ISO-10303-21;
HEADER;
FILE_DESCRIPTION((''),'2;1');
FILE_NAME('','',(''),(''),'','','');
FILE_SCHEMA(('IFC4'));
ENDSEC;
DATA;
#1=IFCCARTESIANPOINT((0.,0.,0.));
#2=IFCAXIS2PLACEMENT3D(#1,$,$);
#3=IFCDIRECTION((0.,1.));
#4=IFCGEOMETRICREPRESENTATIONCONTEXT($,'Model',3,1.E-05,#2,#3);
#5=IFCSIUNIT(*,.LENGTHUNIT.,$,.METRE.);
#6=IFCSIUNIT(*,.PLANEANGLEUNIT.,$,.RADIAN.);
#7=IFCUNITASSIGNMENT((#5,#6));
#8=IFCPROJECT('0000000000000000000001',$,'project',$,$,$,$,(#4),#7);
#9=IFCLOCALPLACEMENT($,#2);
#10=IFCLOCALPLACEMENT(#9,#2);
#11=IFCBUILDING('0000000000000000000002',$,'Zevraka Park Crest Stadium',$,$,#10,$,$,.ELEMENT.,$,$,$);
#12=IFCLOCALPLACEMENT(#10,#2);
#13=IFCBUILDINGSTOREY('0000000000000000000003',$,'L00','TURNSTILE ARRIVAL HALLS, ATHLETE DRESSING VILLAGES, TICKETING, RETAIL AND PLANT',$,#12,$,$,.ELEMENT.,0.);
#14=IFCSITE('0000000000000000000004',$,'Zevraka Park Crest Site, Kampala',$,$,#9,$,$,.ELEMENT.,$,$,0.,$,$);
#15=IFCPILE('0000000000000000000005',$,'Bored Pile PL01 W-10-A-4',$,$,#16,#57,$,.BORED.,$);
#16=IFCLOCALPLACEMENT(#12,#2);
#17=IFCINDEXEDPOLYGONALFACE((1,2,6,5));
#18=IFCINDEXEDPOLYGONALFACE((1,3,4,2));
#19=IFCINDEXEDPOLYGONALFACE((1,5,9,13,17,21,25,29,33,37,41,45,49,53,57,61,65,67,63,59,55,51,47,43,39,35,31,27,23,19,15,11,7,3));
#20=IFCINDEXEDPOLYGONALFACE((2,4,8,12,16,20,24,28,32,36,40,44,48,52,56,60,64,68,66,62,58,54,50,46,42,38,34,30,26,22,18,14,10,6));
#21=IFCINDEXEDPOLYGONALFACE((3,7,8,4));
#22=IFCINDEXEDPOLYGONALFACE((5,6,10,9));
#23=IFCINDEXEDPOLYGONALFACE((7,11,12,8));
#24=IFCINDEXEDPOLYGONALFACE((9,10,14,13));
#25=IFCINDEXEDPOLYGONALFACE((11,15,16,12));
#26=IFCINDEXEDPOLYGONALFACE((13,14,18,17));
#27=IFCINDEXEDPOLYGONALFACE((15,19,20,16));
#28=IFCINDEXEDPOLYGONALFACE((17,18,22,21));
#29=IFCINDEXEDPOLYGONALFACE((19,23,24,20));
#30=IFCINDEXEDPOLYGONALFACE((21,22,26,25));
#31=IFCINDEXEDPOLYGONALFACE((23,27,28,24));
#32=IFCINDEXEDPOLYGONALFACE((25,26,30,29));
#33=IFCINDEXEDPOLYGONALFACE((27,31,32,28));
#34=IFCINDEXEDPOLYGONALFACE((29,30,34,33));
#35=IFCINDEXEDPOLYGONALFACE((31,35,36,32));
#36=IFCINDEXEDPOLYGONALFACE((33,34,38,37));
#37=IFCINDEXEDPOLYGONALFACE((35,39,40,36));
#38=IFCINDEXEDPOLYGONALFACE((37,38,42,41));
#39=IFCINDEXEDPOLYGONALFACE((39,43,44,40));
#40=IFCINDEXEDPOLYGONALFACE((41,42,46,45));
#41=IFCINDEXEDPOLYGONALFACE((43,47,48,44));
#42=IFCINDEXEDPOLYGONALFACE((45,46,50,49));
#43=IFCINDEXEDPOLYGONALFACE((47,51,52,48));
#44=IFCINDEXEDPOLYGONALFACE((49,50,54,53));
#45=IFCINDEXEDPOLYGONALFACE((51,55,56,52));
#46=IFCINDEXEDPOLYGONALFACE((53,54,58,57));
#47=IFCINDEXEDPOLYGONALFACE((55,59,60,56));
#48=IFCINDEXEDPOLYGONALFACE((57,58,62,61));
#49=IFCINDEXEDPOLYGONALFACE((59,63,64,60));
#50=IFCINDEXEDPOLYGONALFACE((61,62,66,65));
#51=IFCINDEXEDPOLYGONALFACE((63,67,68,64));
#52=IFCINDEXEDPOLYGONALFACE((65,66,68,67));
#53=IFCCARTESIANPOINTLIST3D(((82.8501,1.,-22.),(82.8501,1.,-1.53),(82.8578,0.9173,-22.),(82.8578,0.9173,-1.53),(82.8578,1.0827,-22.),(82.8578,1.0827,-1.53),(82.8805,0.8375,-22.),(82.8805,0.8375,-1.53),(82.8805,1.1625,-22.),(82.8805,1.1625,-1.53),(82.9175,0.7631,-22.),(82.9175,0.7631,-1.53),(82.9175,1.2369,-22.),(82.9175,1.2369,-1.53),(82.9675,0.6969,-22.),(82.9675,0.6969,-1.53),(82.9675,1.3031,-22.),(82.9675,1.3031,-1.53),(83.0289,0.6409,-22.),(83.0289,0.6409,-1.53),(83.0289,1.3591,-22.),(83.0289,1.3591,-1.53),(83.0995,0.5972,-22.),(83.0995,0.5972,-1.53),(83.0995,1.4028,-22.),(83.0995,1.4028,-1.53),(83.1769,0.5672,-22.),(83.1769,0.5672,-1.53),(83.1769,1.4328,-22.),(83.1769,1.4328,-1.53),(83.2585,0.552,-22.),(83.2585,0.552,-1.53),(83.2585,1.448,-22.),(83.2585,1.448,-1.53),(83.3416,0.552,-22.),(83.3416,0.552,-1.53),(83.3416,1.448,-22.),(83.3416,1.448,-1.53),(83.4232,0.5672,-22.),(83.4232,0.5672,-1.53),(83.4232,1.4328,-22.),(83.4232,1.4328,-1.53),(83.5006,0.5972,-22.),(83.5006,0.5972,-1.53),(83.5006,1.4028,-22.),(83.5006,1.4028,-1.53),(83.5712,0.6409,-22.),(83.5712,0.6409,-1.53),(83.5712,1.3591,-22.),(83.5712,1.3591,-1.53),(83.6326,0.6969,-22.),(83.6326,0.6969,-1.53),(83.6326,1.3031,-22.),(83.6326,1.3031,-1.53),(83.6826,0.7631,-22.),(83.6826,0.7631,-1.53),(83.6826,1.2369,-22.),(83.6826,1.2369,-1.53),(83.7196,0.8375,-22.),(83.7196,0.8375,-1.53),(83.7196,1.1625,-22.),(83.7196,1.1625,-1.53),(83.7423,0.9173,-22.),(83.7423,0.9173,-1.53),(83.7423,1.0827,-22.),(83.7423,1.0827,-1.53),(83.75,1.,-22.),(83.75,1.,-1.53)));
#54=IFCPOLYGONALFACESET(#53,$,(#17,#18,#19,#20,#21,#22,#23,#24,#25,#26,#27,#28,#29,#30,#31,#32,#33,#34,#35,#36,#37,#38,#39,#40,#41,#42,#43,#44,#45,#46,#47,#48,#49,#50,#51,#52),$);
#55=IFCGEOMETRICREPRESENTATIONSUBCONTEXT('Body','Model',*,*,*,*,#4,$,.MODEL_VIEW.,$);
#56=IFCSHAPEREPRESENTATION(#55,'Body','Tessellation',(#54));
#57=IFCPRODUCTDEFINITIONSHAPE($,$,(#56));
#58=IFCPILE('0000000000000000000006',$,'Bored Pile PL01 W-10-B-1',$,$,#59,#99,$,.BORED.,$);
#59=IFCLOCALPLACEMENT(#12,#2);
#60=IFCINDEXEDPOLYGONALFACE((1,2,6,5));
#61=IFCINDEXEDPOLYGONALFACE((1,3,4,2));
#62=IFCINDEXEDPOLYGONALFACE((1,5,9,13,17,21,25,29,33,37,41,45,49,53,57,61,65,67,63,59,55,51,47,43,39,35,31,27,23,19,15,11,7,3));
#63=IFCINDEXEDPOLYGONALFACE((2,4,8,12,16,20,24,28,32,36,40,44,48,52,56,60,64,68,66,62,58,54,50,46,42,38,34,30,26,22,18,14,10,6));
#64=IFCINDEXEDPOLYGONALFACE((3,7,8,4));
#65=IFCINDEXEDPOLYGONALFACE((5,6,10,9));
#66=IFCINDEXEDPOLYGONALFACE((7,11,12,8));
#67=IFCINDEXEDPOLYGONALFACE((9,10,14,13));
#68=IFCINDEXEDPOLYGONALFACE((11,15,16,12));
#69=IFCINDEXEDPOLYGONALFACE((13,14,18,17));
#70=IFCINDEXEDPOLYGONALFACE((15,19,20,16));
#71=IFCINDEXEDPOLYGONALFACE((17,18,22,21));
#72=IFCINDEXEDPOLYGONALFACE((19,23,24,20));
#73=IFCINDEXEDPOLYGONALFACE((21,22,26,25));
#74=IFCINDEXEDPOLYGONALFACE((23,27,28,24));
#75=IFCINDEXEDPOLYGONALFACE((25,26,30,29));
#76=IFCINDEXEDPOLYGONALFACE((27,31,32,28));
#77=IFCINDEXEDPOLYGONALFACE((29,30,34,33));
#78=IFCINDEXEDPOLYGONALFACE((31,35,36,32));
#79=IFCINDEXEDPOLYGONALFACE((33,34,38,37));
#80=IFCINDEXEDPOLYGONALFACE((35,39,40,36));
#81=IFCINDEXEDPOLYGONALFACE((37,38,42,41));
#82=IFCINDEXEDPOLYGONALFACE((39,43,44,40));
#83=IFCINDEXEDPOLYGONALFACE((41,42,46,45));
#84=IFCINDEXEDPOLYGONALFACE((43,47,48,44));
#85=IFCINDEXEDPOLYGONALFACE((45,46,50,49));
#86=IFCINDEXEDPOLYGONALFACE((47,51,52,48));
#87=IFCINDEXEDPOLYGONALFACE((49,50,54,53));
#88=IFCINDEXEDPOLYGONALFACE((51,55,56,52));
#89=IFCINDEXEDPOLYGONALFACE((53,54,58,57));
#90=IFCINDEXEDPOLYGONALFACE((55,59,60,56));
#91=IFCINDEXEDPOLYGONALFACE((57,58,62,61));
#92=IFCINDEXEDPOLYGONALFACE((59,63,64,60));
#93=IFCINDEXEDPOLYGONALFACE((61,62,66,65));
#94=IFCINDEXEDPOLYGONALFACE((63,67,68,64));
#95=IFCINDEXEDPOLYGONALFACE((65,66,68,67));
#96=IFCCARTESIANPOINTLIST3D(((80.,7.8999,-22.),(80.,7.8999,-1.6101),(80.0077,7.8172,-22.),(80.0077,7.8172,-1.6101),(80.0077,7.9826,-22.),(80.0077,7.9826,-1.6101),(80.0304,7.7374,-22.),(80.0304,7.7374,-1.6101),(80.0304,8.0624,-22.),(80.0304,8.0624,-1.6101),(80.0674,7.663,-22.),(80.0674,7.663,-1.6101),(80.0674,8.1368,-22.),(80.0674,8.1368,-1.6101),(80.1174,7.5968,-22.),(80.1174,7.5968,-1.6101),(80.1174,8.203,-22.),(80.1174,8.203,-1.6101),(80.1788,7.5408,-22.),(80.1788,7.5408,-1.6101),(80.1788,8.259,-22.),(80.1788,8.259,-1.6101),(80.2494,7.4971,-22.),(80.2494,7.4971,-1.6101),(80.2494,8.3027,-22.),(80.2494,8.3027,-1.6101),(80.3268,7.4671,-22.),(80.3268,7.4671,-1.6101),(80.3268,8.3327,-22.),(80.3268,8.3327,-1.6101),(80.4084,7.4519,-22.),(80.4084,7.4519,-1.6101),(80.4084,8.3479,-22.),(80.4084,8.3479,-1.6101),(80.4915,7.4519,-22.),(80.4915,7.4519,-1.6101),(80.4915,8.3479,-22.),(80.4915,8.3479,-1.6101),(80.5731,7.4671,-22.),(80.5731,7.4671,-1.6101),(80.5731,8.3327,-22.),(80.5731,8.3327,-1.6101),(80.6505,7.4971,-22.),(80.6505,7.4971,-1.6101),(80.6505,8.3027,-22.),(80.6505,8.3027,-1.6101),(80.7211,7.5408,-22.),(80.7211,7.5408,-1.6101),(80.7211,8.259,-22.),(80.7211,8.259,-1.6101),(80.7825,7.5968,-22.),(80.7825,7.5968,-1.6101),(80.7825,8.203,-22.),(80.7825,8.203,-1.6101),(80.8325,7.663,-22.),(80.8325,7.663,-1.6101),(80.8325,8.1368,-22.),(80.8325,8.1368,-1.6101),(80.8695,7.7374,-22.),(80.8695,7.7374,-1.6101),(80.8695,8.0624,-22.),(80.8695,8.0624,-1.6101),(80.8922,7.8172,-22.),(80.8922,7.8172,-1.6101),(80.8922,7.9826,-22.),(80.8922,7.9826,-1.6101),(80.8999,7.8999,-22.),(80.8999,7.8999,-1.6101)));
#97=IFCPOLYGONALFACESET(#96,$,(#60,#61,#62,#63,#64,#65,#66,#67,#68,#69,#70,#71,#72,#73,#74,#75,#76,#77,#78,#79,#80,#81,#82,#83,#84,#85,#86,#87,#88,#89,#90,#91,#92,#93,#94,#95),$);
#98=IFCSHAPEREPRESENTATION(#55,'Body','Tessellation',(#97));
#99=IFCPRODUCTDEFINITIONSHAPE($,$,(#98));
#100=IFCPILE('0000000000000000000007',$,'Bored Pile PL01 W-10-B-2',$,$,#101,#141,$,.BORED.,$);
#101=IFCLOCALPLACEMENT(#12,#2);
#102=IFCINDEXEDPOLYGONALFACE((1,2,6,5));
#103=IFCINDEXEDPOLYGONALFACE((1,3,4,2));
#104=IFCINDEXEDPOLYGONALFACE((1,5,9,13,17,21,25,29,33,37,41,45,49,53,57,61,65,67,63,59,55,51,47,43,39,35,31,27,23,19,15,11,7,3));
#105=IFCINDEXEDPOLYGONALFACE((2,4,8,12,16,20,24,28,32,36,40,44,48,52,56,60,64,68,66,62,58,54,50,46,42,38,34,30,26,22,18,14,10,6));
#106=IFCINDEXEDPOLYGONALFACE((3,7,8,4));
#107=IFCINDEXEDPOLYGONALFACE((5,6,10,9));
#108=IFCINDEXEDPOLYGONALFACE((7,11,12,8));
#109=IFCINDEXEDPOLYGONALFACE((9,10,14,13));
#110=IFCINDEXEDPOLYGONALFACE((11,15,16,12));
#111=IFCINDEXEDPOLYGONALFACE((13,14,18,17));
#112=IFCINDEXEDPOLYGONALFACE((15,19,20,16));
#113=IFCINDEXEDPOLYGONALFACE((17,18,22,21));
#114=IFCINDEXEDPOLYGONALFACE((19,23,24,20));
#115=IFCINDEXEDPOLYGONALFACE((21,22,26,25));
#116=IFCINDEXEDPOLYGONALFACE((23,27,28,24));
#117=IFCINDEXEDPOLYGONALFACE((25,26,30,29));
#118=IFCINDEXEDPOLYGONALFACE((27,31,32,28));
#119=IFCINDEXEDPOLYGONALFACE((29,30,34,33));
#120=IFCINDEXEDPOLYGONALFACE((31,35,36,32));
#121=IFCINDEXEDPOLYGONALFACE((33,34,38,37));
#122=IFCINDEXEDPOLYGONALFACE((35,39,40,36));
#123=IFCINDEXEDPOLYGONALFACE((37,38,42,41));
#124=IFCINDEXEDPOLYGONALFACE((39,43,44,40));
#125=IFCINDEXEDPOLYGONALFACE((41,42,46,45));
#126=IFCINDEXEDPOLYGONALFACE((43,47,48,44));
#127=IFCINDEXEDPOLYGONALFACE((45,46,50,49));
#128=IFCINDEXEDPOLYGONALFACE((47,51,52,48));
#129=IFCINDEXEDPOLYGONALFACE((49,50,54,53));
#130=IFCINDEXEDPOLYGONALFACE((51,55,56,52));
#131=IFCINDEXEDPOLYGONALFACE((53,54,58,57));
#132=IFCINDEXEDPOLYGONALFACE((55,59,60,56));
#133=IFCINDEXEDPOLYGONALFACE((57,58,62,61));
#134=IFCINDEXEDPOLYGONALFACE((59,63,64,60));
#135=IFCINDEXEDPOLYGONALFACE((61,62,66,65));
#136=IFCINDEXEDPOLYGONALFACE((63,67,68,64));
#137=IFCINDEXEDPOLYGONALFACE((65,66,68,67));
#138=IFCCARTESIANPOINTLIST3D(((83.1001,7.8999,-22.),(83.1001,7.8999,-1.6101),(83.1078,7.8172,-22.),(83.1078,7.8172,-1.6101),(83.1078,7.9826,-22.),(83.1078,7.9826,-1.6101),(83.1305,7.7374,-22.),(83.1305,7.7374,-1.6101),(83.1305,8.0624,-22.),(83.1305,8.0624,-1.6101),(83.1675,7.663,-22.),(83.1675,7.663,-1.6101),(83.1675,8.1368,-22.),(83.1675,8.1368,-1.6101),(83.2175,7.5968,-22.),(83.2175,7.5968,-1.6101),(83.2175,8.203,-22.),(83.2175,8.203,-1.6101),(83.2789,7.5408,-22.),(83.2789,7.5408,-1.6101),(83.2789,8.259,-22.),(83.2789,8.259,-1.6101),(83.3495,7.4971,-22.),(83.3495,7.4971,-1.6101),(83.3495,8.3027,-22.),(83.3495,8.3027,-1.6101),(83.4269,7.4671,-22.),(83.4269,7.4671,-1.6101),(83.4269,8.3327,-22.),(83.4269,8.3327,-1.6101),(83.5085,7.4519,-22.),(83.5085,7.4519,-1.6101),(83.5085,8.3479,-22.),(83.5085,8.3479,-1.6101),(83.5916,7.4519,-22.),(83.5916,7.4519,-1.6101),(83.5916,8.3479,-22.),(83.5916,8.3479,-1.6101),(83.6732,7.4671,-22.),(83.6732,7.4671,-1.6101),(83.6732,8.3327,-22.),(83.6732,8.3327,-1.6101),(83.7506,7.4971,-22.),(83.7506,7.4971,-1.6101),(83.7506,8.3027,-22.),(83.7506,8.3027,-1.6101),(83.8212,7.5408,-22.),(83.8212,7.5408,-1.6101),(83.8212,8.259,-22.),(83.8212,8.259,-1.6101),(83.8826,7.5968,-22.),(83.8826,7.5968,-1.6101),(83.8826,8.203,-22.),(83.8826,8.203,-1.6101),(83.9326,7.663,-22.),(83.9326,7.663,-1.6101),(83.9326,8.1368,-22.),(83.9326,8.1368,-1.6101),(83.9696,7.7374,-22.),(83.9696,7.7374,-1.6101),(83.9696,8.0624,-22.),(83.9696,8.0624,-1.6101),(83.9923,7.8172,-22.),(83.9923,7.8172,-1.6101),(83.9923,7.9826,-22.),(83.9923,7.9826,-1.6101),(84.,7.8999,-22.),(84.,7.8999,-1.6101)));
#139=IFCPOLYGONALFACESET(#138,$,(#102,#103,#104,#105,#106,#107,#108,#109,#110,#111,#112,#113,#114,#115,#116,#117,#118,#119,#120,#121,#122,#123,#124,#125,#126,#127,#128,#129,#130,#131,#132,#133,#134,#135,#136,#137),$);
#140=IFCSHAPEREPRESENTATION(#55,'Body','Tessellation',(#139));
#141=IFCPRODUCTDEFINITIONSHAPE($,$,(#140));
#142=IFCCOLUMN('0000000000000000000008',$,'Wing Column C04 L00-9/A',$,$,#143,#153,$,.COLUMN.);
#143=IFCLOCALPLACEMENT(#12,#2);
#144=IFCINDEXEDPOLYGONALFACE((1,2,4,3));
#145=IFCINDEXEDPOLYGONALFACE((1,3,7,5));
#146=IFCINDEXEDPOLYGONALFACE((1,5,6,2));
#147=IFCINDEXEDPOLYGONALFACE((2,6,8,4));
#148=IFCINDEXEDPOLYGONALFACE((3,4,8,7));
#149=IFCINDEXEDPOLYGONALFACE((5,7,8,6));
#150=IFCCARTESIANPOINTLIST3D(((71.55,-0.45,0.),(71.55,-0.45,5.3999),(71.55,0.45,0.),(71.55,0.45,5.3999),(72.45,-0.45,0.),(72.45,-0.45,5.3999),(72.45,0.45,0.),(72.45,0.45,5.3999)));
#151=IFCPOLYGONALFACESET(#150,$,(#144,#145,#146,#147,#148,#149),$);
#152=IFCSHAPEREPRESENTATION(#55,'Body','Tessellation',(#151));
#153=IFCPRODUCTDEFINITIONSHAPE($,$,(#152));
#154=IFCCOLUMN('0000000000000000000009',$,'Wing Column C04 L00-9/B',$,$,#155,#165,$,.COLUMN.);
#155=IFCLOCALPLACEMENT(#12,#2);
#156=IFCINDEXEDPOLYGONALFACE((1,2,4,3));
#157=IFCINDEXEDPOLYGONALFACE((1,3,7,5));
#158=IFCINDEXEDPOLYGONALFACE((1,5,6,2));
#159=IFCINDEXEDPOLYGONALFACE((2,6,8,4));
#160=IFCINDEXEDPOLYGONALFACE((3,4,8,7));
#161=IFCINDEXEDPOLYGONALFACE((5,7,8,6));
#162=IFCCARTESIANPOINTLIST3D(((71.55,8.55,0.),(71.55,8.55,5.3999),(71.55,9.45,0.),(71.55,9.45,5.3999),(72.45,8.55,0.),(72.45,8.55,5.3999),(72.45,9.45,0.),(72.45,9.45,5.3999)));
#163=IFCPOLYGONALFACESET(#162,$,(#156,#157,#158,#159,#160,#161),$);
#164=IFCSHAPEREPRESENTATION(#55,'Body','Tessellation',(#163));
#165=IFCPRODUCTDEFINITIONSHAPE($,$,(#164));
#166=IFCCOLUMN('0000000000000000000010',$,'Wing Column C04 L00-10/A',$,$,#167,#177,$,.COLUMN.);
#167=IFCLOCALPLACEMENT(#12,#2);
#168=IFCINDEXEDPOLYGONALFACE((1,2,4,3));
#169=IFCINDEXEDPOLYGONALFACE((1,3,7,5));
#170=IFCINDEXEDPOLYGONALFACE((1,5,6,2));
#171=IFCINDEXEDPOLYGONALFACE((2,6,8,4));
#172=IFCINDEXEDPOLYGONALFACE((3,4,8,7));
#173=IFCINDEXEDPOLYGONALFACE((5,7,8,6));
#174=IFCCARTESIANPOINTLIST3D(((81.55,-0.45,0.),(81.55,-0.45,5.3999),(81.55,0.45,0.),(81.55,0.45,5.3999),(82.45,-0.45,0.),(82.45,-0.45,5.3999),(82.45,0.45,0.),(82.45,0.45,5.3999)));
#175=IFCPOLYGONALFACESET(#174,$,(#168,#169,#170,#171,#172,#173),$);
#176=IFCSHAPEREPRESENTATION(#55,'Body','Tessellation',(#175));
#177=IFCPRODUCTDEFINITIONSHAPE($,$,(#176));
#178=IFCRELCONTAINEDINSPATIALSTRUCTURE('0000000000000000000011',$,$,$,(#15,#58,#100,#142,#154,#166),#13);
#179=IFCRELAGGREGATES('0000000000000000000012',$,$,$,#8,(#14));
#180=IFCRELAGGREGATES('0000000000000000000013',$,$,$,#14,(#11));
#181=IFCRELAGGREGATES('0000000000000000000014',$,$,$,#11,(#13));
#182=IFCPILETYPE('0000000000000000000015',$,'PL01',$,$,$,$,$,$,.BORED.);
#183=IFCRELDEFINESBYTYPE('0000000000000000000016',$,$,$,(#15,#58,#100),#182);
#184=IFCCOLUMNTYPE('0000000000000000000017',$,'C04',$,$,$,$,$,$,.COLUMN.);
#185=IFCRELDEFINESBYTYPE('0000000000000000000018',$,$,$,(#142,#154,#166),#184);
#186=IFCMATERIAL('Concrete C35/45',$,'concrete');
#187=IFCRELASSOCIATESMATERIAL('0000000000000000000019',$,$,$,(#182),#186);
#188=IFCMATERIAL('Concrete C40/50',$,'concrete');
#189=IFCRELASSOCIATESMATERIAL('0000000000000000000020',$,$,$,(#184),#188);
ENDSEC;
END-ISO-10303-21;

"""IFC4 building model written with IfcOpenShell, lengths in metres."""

from ifc_helpers import new_model, si_unit, direction, frame, origin, origin_2d, place, context, subcontext, project, spatial, rectangle, circle, extrude, material, material_profile, profile_set, type_object, element, save


model = new_model("IFC4")

# Units and contexts
model_context = context("Model", 3, precision=1e-05, world=origin(), true_north=direction((0.0, 1.0)))
body_context = subcontext(model_context, "Body", "Model", "MODEL_VIEW")
ifc_project = project(units=[si_unit("LENGTHUNIT", "METRE"), si_unit("PLANEANGLEUNIT", "RADIAN")], contexts=[model_context])

# Site, building, storey
site_placement = place(None, origin())
site = spatial("IfcSite", under=ifc_project, at=site_placement, Name="Zevraka Park Crest Site, Kampala", CompositionType="ELEMENT", RefElevation=0.0)
building_placement = place(site_placement, origin())
building = spatial("IfcBuilding", under=site, at=building_placement, Name="Zevraka Park Crest Stadium", CompositionType="ELEMENT")
storey_placement = place(building_placement, origin())
storey = spatial("IfcBuildingStorey", under=building, at=storey_placement, Name="L00", Description="TURNSTILE ARRIVAL HALLS, ATHLETE DRESSING VILLAGES, TICKETING, RETAIL AND PLANT", CompositionType="ELEMENT", Elevation=0.0)

# Piles
ifc_material_1 = material(Name="Concrete C35/45", Category="concrete")
ifc_material_profile_1 = material_profile(ifc_material_1, circle(Radius=0.45, at=origin_2d()), Name="PILE D900")
ifc_profile_set_1 = profile_set([ifc_material_profile_1], Name="Concrete C35/45")
pile_type = type_object("IfcPileType", Name="PL01", PredefinedType="BORED", material=ifc_profile_set_1)
for number, where, z_axis, x_axis, name in (
    (1, (83.3, 1.0, -1.53), (0.0, 0.0, -1.0), (1.0, 0.0, 0.0), "Bored Pile PL01 W-10-A-4"),
):
    element("IfcPile", number, at=place(storey_placement, frame(where, z_axis=z_axis, x_axis=x_axis)), inside=storey, type_object=pile_type, Name=name, PredefinedType="BORED", context=body_context, shape_type="SweptSolid", body=[
        extrude(circle(Radius=0.45, at=origin_2d()), origin(), (0.0, 0.0, 1.0), 20.47),
    ])
for number, where, z_axis, x_axis, name in (
    (2, (80.45, 7.8999, -1.6101), (0.0, 0.0, -1.0), (1.0, 0.0, 0.0), "Bored Pile PL01 W-10-B-1"),
    (3, (83.55, 7.8999, -1.6101), (0.0, 0.0, -1.0), (1.0, 0.0, 0.0), "Bored Pile PL01 W-10-B-2"),
):
    element("IfcPile", number, at=place(storey_placement, frame(where, z_axis=z_axis, x_axis=x_axis)), inside=storey, type_object=pile_type, Name=name, PredefinedType="BORED", context=body_context, shape_type="SweptSolid", body=[
        extrude(circle(Radius=0.45, at=origin_2d()), origin(), (0.0, 0.0, 1.0), 20.3899),
    ])

# Columns
ifc_material_2 = material(Name="Concrete C40/50", Category="concrete")
ifc_material_profile_2 = material_profile(ifc_material_2, rectangle(XDim=0.8999, YDim=0.8999, at=origin_2d()), Name="RC 900x900")
ifc_profile_set_2 = profile_set([ifc_material_profile_2], Name="Concrete C40/50")
column_type = type_object("IfcColumnType", Name="C04", PredefinedType="COLUMN", material=ifc_profile_set_2)
for number, where, z_axis, x_axis, name in (
    (4, (72.0, 0.0, 0.0), (0.0, 0.0, 1.0), (1.0, 0.0, 0.0), "Wing Column C04 L00-9/A"),
    (5, (72.0, 9.0, 0.0), (0.0, 0.0, 1.0), (1.0, 0.0, 0.0), "Wing Column C04 L00-9/B"),
    (6, (82.0, 0.0, 0.0), (0.0, 0.0, 1.0), (1.0, 0.0, 0.0), "Wing Column C04 L00-10/A"),
):
    element("IfcColumn", number, at=place(storey_placement, frame(where, z_axis=z_axis, x_axis=x_axis)), inside=storey, type_object=column_type, Name=name, PredefinedType="COLUMN", context=body_context, shape_type="SweptSolid", body=[
        extrude(rectangle(XDim=0.8999, YDim=0.8999, at=origin_2d()), origin(), (0.0, 0.0, 1.0), 5.3999),
    ])

save(model, "model.ifc")
